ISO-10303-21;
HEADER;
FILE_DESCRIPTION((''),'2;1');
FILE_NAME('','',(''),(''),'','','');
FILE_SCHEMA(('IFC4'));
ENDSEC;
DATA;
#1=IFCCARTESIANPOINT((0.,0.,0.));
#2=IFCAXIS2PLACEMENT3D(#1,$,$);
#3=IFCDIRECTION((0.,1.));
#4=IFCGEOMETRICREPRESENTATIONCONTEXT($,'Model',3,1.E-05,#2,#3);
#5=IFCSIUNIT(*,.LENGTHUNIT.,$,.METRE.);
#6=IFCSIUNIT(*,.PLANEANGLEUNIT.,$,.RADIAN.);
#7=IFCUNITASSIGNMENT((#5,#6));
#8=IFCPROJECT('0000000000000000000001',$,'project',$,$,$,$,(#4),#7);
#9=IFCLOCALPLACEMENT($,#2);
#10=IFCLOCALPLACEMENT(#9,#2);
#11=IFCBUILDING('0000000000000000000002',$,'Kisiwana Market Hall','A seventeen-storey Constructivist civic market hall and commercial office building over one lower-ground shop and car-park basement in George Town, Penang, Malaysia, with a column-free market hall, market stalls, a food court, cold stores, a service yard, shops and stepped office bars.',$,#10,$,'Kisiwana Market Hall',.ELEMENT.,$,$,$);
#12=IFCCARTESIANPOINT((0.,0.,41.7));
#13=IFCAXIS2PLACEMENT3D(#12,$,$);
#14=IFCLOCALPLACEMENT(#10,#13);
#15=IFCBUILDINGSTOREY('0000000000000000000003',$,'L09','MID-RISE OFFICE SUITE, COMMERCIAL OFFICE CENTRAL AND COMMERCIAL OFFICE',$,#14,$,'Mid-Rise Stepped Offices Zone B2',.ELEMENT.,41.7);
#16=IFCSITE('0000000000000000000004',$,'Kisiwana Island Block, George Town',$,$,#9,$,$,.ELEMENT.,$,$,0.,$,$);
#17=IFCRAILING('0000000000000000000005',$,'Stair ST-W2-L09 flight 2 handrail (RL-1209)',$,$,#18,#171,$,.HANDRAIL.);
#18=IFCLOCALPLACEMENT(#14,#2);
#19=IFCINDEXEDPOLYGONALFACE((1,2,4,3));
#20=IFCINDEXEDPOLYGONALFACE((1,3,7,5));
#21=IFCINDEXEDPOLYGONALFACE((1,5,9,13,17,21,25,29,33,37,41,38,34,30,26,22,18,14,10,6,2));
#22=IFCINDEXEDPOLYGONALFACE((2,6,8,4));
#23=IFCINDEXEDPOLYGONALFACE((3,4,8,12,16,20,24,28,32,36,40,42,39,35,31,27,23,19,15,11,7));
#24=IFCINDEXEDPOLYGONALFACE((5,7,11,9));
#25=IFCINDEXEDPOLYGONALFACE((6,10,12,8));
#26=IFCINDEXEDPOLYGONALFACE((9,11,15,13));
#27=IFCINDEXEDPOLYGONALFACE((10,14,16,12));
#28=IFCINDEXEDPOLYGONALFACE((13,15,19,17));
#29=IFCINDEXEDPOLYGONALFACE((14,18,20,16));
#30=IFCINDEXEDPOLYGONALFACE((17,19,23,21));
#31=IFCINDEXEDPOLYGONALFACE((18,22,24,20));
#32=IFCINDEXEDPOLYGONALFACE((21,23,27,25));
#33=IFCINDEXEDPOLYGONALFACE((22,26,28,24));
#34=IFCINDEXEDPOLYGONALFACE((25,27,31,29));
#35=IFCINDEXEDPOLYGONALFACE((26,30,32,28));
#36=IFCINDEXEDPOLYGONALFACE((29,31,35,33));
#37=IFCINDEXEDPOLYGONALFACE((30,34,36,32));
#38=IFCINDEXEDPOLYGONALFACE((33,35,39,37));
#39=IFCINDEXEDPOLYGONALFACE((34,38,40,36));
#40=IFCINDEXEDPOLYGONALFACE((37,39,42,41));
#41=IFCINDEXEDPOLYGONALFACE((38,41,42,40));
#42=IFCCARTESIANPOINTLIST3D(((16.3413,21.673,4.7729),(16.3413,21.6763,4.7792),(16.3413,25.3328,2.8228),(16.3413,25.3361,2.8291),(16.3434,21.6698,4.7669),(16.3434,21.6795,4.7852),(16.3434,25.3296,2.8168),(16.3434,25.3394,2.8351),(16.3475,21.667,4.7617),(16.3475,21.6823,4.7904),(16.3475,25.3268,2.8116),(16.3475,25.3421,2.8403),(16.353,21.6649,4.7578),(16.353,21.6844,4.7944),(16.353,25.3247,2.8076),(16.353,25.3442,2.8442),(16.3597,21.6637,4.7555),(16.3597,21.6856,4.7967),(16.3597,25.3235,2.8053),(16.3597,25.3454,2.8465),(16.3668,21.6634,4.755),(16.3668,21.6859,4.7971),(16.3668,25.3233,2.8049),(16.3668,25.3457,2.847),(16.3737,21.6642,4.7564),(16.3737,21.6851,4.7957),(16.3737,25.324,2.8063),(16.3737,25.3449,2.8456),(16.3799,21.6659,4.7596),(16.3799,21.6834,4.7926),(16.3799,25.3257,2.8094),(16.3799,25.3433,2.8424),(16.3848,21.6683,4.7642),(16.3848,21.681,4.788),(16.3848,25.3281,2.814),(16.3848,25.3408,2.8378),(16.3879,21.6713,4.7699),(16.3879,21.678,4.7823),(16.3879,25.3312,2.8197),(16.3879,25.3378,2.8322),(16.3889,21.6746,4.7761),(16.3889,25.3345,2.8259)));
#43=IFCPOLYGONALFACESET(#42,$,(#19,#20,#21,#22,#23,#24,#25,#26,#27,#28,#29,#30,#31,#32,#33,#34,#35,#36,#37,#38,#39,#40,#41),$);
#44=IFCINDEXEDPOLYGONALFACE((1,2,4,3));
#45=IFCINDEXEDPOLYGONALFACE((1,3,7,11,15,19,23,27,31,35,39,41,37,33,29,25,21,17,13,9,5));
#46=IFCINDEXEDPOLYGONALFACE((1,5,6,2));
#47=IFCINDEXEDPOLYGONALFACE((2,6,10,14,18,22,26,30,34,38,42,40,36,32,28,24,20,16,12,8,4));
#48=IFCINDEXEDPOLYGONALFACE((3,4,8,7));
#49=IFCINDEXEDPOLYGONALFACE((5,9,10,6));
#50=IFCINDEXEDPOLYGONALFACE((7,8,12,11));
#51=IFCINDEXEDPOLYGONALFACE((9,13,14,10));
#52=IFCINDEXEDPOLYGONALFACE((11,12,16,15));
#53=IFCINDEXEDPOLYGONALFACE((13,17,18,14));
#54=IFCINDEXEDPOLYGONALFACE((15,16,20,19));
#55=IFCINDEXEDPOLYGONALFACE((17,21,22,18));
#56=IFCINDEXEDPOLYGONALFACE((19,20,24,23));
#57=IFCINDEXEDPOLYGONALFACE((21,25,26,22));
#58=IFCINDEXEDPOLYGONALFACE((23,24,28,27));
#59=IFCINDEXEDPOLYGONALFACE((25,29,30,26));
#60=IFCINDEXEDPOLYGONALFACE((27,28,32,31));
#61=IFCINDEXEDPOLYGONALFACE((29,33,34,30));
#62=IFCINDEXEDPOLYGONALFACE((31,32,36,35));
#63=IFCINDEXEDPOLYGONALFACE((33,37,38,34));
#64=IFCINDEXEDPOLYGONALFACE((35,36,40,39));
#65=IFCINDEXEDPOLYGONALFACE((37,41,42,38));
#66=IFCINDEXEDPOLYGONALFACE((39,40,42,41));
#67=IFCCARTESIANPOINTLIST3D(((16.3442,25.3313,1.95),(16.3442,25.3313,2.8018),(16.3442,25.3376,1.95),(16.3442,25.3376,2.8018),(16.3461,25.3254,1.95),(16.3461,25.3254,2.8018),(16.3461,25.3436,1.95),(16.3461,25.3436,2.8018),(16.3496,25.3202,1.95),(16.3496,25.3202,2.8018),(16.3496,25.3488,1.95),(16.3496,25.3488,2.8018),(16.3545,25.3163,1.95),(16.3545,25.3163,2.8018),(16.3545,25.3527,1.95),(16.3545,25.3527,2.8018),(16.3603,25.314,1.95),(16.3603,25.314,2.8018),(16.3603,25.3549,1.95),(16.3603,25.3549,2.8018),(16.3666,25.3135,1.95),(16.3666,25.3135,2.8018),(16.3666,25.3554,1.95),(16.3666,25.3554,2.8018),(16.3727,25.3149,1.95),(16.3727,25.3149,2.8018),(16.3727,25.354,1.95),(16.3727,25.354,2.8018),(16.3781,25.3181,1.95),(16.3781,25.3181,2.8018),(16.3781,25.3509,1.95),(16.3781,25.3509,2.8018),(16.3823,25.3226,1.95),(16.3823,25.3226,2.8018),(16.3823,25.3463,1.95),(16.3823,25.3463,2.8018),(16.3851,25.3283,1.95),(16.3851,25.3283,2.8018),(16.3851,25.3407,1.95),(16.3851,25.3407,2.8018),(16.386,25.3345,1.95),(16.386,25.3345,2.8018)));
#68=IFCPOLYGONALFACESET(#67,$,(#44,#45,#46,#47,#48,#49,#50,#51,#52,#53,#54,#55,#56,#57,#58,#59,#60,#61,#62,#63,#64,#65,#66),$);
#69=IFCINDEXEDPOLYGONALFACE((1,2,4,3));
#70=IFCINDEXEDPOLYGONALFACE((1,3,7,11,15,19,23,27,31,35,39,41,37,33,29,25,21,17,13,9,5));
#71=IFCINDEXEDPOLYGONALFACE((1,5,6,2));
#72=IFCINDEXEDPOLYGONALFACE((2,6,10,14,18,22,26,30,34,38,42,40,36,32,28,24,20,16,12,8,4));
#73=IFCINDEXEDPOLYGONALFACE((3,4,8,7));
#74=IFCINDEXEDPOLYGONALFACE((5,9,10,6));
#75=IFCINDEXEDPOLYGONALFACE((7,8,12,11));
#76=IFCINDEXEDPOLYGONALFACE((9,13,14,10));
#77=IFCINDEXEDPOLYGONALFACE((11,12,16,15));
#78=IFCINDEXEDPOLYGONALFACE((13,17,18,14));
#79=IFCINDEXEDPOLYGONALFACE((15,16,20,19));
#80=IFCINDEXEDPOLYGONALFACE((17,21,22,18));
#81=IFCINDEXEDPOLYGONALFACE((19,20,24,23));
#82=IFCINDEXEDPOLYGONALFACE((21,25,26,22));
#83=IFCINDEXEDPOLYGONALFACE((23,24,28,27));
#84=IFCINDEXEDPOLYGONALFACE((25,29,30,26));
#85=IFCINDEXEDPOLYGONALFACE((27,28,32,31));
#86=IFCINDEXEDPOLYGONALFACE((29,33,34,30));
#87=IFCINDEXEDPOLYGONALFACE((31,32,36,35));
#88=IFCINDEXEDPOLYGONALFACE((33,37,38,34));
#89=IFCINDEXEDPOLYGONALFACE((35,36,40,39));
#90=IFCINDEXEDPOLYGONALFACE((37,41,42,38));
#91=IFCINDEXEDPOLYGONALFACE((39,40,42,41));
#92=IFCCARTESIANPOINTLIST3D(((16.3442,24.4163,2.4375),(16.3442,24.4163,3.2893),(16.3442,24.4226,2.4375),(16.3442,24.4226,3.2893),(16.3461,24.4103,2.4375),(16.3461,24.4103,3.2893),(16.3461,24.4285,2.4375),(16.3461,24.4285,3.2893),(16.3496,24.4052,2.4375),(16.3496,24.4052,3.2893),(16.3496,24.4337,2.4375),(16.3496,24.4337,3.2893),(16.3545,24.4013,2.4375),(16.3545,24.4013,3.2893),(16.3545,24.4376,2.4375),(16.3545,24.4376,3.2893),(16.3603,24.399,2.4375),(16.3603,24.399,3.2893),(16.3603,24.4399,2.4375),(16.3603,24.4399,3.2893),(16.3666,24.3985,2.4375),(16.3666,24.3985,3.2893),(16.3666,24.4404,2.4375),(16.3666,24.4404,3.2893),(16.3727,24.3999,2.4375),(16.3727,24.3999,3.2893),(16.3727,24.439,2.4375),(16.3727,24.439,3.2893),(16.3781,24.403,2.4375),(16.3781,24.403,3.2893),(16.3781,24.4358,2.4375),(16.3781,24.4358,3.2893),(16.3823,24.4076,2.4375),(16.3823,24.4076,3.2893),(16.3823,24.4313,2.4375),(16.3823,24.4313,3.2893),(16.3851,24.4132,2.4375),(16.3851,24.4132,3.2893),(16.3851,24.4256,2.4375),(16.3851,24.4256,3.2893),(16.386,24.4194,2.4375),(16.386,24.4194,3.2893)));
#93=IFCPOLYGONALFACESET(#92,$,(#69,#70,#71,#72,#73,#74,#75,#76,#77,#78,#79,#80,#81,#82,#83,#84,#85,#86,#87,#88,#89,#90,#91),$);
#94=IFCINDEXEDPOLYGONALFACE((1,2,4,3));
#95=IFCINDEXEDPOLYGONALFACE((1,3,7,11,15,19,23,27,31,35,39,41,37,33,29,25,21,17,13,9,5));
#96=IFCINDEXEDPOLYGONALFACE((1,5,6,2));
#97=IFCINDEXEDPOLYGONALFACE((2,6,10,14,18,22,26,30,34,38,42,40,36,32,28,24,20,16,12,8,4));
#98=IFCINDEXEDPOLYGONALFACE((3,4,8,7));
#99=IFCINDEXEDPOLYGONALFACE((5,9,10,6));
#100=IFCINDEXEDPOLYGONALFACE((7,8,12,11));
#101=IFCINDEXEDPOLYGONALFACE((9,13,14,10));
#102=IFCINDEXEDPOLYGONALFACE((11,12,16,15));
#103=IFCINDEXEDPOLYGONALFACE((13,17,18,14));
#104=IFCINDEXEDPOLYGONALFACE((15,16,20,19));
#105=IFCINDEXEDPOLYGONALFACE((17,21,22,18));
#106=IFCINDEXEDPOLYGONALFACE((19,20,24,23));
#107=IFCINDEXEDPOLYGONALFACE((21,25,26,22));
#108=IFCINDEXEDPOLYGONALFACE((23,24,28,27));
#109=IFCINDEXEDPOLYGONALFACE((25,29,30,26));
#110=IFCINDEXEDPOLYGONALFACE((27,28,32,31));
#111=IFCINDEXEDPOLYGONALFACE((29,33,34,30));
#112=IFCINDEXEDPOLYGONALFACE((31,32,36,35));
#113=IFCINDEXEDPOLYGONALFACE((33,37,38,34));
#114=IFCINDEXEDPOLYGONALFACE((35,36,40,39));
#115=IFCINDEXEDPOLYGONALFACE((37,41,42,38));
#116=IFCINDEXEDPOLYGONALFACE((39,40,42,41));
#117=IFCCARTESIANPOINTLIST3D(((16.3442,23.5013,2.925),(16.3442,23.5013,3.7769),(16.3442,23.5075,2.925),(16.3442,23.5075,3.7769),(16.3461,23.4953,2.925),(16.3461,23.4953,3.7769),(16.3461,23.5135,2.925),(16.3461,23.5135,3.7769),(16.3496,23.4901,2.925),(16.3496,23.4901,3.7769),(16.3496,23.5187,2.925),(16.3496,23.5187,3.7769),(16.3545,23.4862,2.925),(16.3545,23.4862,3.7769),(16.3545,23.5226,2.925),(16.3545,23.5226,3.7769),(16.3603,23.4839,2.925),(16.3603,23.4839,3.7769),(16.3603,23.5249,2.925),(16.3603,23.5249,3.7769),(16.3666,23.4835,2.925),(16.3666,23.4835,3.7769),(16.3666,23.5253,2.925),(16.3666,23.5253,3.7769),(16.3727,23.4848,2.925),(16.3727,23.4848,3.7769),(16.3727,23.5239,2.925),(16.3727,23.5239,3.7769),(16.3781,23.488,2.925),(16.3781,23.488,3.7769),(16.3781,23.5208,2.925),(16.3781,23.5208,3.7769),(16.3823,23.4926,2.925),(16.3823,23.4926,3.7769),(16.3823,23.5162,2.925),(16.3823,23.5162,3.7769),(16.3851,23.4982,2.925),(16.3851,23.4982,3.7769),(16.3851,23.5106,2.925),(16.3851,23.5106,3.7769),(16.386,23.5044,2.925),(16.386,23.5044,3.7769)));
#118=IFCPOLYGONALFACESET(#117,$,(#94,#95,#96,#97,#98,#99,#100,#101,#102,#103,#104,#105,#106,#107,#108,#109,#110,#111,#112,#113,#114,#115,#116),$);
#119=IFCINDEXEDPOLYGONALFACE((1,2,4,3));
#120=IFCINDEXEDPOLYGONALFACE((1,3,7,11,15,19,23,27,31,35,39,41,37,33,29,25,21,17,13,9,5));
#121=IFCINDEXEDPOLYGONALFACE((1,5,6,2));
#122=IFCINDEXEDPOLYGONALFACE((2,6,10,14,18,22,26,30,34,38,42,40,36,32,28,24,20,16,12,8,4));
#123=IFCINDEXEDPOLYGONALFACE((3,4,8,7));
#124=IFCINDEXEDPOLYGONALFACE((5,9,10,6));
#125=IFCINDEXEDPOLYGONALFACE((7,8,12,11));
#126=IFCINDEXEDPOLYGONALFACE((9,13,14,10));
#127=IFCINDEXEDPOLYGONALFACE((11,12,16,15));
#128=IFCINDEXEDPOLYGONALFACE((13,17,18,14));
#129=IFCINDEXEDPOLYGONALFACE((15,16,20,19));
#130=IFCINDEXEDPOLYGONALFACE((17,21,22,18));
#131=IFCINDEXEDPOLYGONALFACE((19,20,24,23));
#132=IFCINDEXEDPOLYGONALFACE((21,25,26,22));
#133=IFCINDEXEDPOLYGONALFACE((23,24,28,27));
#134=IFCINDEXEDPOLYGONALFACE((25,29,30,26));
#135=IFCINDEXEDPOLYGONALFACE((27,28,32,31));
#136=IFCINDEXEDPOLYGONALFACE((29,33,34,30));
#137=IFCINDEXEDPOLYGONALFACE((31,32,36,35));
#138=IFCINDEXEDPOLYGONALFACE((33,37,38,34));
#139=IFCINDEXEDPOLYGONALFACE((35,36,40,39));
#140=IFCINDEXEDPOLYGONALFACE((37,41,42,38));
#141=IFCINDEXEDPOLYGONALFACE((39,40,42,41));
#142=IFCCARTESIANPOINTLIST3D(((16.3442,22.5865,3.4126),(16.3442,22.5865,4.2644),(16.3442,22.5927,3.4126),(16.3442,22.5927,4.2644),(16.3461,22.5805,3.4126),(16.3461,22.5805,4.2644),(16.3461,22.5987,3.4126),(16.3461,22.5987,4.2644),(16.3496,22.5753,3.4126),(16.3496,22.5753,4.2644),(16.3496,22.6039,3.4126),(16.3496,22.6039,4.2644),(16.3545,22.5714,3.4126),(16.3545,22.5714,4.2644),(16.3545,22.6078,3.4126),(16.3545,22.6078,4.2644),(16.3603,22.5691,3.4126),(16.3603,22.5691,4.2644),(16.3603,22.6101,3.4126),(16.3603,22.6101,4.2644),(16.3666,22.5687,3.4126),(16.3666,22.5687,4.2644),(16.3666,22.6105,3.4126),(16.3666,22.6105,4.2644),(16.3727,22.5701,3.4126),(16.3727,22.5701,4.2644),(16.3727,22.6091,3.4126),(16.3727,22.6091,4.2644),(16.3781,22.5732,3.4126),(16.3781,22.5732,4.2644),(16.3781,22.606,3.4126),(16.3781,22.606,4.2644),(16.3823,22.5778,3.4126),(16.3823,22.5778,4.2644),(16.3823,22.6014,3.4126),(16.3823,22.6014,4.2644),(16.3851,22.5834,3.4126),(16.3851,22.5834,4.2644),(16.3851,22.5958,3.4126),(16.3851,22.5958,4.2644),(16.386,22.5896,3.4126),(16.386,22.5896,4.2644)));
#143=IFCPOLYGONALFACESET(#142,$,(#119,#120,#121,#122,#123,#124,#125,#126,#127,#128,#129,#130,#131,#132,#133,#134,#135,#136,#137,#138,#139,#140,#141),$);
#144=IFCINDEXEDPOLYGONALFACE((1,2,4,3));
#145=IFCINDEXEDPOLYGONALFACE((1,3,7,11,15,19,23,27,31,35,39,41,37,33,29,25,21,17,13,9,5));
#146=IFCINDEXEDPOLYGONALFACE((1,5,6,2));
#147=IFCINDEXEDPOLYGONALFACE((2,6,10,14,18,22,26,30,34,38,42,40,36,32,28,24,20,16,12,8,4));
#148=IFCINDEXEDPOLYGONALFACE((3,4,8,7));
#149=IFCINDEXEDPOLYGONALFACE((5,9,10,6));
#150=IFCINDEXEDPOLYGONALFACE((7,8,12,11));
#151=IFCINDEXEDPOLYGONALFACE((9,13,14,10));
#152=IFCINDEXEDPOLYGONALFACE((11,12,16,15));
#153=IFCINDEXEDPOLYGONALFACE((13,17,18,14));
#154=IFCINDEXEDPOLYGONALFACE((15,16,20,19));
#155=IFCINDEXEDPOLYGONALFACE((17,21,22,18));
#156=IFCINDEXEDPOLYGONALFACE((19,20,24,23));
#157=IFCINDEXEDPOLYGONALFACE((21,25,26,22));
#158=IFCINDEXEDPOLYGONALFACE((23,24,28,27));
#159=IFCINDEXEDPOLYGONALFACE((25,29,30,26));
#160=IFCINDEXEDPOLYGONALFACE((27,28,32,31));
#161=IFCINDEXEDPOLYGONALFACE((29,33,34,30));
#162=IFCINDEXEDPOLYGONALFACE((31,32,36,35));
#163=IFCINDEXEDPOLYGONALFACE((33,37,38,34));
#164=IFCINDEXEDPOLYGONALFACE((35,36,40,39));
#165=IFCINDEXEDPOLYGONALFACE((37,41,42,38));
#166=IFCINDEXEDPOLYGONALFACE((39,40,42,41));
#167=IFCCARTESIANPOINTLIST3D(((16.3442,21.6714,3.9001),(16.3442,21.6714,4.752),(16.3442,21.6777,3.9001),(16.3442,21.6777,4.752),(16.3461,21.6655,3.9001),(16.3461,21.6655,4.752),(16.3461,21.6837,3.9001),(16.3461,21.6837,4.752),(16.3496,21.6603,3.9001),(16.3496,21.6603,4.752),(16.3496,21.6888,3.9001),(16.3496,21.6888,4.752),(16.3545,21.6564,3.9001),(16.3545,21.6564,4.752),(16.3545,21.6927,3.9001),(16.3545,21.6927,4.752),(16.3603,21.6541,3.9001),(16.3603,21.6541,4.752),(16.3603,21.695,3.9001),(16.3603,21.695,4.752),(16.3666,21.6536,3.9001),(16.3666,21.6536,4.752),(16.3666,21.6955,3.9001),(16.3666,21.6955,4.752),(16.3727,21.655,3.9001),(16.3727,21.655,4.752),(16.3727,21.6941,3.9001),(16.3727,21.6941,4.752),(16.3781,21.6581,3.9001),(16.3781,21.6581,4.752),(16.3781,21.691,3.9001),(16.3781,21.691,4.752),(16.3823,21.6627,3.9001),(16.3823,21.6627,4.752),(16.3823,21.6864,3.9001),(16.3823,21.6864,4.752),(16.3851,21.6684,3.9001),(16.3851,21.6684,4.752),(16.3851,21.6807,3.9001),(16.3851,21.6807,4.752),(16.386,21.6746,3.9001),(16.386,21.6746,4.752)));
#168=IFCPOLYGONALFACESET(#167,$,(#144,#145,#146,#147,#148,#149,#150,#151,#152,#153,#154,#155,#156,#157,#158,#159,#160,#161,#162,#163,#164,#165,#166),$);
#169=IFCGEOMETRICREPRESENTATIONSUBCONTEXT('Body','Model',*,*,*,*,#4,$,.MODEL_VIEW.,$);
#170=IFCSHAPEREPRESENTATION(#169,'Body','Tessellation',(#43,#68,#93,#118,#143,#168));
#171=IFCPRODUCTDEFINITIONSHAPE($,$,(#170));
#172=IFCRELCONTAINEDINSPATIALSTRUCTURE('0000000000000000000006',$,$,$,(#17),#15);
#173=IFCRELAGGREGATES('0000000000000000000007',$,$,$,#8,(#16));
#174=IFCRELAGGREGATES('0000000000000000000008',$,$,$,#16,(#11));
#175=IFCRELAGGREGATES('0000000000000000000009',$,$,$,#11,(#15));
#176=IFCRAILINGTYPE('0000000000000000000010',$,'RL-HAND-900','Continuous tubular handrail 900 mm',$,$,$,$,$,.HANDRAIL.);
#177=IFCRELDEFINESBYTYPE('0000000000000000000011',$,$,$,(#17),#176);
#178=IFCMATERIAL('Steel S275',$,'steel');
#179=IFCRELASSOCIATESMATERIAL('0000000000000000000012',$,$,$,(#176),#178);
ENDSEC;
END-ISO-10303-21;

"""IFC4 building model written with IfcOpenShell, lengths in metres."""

from ifc_helpers import new_model, si_unit, direction, frame, origin, origin_2d, place, context, subcontext, project, spatial, circle, extrude, material, type_object, element, save


model = new_model("IFC4")

# Units and contexts
model_context = context("Model", 3, precision=1e-05, world=origin(), true_north=direction((0.0, 1.0)))
body_context = subcontext(model_context, "Body", "Model", "MODEL_VIEW")
ifc_project = project(units=[si_unit("LENGTHUNIT", "METRE"), si_unit("PLANEANGLEUNIT", "RADIAN")], contexts=[model_context])

# Site, building, storey
site_placement = place(None, origin())
site = spatial("IfcSite", under=ifc_project, at=site_placement, Name="Kisiwana Island Block, George Town", CompositionType="ELEMENT", RefElevation=0.0)
building_placement = place(site_placement, origin())
building = spatial("IfcBuilding", under=site, at=building_placement, Name="Kisiwana Market Hall", Description="A seventeen-storey Constructivist civic market hall and commercial office building over one lower-ground shop and car-park basement in George Town, Penang, Malaysia, with a column-free market hall, market stalls, a food court, cold stores, a service yard, shops and stepped office bars.", LongName="Kisiwana Market Hall", CompositionType="ELEMENT")
storey_placement = place(building_placement, frame((0.0, 0.0, 41.7)))
storey = spatial("IfcBuildingStorey", under=building, at=storey_placement, Name="L09", Description="MID-RISE OFFICE SUITE, COMMERCIAL OFFICE CENTRAL AND COMMERCIAL OFFICE", LongName="Mid-Rise Stepped Offices Zone B2", CompositionType="ELEMENT", Elevation=41.7)

# Railing
ifc_material_1 = material(Name="Steel S275", Category="steel")
railing_type_1 = type_object("IfcRailingType", Name="RL-HAND-900", Description="Continuous tubular handrail 900 mm", PredefinedType="HANDRAIL", material=ifc_material_1)
railing_1_placement = place(storey_placement, frame((16.365, 25.3345, 1.95)))
element("IfcRailing", 1, at=railing_1_placement, inside=storey, type_object=railing_type_1, Name="Stair ST-W2-L09 flight 2 handrail (RL-1209)", PredefinedType="HANDRAIL", context=body_context, shape_type="SweptSolid", body=[
    extrude(circle(Radius=0.0239, at=origin_2d()), frame((0.0, 0.0, 0.876), z_axis=(0.0, -0.882529, 0.470258), x_axis=(1.0, 0.0, 0.0)), (0.0, 0.0, 1.0), 4.147),
    extrude(circle(Radius=0.021, at=origin_2d()), origin(), (0.0, 0.0, 1.0), 0.8518),
    extrude(circle(Radius=0.021, at=origin_2d()), frame((0.0, -0.915, 0.4875)), (0.0, 0.0, 1.0), 0.8518),
    extrude(circle(Radius=0.021, at=origin_2d()), frame((0.0, -1.8301, 0.9751)), (0.0, 0.0, 1.0), 0.8518),
    extrude(circle(Radius=0.021, at=origin_2d()), frame((0.0, -2.7449, 1.4626)), (0.0, 0.0, 1.0), 0.8518),
    extrude(circle(Radius=0.021, at=origin_2d()), frame((0.0, -3.6599, 1.9502)), (0.0, 0.0, 1.0), 0.8518),
])

save(model, "model.ifc")
